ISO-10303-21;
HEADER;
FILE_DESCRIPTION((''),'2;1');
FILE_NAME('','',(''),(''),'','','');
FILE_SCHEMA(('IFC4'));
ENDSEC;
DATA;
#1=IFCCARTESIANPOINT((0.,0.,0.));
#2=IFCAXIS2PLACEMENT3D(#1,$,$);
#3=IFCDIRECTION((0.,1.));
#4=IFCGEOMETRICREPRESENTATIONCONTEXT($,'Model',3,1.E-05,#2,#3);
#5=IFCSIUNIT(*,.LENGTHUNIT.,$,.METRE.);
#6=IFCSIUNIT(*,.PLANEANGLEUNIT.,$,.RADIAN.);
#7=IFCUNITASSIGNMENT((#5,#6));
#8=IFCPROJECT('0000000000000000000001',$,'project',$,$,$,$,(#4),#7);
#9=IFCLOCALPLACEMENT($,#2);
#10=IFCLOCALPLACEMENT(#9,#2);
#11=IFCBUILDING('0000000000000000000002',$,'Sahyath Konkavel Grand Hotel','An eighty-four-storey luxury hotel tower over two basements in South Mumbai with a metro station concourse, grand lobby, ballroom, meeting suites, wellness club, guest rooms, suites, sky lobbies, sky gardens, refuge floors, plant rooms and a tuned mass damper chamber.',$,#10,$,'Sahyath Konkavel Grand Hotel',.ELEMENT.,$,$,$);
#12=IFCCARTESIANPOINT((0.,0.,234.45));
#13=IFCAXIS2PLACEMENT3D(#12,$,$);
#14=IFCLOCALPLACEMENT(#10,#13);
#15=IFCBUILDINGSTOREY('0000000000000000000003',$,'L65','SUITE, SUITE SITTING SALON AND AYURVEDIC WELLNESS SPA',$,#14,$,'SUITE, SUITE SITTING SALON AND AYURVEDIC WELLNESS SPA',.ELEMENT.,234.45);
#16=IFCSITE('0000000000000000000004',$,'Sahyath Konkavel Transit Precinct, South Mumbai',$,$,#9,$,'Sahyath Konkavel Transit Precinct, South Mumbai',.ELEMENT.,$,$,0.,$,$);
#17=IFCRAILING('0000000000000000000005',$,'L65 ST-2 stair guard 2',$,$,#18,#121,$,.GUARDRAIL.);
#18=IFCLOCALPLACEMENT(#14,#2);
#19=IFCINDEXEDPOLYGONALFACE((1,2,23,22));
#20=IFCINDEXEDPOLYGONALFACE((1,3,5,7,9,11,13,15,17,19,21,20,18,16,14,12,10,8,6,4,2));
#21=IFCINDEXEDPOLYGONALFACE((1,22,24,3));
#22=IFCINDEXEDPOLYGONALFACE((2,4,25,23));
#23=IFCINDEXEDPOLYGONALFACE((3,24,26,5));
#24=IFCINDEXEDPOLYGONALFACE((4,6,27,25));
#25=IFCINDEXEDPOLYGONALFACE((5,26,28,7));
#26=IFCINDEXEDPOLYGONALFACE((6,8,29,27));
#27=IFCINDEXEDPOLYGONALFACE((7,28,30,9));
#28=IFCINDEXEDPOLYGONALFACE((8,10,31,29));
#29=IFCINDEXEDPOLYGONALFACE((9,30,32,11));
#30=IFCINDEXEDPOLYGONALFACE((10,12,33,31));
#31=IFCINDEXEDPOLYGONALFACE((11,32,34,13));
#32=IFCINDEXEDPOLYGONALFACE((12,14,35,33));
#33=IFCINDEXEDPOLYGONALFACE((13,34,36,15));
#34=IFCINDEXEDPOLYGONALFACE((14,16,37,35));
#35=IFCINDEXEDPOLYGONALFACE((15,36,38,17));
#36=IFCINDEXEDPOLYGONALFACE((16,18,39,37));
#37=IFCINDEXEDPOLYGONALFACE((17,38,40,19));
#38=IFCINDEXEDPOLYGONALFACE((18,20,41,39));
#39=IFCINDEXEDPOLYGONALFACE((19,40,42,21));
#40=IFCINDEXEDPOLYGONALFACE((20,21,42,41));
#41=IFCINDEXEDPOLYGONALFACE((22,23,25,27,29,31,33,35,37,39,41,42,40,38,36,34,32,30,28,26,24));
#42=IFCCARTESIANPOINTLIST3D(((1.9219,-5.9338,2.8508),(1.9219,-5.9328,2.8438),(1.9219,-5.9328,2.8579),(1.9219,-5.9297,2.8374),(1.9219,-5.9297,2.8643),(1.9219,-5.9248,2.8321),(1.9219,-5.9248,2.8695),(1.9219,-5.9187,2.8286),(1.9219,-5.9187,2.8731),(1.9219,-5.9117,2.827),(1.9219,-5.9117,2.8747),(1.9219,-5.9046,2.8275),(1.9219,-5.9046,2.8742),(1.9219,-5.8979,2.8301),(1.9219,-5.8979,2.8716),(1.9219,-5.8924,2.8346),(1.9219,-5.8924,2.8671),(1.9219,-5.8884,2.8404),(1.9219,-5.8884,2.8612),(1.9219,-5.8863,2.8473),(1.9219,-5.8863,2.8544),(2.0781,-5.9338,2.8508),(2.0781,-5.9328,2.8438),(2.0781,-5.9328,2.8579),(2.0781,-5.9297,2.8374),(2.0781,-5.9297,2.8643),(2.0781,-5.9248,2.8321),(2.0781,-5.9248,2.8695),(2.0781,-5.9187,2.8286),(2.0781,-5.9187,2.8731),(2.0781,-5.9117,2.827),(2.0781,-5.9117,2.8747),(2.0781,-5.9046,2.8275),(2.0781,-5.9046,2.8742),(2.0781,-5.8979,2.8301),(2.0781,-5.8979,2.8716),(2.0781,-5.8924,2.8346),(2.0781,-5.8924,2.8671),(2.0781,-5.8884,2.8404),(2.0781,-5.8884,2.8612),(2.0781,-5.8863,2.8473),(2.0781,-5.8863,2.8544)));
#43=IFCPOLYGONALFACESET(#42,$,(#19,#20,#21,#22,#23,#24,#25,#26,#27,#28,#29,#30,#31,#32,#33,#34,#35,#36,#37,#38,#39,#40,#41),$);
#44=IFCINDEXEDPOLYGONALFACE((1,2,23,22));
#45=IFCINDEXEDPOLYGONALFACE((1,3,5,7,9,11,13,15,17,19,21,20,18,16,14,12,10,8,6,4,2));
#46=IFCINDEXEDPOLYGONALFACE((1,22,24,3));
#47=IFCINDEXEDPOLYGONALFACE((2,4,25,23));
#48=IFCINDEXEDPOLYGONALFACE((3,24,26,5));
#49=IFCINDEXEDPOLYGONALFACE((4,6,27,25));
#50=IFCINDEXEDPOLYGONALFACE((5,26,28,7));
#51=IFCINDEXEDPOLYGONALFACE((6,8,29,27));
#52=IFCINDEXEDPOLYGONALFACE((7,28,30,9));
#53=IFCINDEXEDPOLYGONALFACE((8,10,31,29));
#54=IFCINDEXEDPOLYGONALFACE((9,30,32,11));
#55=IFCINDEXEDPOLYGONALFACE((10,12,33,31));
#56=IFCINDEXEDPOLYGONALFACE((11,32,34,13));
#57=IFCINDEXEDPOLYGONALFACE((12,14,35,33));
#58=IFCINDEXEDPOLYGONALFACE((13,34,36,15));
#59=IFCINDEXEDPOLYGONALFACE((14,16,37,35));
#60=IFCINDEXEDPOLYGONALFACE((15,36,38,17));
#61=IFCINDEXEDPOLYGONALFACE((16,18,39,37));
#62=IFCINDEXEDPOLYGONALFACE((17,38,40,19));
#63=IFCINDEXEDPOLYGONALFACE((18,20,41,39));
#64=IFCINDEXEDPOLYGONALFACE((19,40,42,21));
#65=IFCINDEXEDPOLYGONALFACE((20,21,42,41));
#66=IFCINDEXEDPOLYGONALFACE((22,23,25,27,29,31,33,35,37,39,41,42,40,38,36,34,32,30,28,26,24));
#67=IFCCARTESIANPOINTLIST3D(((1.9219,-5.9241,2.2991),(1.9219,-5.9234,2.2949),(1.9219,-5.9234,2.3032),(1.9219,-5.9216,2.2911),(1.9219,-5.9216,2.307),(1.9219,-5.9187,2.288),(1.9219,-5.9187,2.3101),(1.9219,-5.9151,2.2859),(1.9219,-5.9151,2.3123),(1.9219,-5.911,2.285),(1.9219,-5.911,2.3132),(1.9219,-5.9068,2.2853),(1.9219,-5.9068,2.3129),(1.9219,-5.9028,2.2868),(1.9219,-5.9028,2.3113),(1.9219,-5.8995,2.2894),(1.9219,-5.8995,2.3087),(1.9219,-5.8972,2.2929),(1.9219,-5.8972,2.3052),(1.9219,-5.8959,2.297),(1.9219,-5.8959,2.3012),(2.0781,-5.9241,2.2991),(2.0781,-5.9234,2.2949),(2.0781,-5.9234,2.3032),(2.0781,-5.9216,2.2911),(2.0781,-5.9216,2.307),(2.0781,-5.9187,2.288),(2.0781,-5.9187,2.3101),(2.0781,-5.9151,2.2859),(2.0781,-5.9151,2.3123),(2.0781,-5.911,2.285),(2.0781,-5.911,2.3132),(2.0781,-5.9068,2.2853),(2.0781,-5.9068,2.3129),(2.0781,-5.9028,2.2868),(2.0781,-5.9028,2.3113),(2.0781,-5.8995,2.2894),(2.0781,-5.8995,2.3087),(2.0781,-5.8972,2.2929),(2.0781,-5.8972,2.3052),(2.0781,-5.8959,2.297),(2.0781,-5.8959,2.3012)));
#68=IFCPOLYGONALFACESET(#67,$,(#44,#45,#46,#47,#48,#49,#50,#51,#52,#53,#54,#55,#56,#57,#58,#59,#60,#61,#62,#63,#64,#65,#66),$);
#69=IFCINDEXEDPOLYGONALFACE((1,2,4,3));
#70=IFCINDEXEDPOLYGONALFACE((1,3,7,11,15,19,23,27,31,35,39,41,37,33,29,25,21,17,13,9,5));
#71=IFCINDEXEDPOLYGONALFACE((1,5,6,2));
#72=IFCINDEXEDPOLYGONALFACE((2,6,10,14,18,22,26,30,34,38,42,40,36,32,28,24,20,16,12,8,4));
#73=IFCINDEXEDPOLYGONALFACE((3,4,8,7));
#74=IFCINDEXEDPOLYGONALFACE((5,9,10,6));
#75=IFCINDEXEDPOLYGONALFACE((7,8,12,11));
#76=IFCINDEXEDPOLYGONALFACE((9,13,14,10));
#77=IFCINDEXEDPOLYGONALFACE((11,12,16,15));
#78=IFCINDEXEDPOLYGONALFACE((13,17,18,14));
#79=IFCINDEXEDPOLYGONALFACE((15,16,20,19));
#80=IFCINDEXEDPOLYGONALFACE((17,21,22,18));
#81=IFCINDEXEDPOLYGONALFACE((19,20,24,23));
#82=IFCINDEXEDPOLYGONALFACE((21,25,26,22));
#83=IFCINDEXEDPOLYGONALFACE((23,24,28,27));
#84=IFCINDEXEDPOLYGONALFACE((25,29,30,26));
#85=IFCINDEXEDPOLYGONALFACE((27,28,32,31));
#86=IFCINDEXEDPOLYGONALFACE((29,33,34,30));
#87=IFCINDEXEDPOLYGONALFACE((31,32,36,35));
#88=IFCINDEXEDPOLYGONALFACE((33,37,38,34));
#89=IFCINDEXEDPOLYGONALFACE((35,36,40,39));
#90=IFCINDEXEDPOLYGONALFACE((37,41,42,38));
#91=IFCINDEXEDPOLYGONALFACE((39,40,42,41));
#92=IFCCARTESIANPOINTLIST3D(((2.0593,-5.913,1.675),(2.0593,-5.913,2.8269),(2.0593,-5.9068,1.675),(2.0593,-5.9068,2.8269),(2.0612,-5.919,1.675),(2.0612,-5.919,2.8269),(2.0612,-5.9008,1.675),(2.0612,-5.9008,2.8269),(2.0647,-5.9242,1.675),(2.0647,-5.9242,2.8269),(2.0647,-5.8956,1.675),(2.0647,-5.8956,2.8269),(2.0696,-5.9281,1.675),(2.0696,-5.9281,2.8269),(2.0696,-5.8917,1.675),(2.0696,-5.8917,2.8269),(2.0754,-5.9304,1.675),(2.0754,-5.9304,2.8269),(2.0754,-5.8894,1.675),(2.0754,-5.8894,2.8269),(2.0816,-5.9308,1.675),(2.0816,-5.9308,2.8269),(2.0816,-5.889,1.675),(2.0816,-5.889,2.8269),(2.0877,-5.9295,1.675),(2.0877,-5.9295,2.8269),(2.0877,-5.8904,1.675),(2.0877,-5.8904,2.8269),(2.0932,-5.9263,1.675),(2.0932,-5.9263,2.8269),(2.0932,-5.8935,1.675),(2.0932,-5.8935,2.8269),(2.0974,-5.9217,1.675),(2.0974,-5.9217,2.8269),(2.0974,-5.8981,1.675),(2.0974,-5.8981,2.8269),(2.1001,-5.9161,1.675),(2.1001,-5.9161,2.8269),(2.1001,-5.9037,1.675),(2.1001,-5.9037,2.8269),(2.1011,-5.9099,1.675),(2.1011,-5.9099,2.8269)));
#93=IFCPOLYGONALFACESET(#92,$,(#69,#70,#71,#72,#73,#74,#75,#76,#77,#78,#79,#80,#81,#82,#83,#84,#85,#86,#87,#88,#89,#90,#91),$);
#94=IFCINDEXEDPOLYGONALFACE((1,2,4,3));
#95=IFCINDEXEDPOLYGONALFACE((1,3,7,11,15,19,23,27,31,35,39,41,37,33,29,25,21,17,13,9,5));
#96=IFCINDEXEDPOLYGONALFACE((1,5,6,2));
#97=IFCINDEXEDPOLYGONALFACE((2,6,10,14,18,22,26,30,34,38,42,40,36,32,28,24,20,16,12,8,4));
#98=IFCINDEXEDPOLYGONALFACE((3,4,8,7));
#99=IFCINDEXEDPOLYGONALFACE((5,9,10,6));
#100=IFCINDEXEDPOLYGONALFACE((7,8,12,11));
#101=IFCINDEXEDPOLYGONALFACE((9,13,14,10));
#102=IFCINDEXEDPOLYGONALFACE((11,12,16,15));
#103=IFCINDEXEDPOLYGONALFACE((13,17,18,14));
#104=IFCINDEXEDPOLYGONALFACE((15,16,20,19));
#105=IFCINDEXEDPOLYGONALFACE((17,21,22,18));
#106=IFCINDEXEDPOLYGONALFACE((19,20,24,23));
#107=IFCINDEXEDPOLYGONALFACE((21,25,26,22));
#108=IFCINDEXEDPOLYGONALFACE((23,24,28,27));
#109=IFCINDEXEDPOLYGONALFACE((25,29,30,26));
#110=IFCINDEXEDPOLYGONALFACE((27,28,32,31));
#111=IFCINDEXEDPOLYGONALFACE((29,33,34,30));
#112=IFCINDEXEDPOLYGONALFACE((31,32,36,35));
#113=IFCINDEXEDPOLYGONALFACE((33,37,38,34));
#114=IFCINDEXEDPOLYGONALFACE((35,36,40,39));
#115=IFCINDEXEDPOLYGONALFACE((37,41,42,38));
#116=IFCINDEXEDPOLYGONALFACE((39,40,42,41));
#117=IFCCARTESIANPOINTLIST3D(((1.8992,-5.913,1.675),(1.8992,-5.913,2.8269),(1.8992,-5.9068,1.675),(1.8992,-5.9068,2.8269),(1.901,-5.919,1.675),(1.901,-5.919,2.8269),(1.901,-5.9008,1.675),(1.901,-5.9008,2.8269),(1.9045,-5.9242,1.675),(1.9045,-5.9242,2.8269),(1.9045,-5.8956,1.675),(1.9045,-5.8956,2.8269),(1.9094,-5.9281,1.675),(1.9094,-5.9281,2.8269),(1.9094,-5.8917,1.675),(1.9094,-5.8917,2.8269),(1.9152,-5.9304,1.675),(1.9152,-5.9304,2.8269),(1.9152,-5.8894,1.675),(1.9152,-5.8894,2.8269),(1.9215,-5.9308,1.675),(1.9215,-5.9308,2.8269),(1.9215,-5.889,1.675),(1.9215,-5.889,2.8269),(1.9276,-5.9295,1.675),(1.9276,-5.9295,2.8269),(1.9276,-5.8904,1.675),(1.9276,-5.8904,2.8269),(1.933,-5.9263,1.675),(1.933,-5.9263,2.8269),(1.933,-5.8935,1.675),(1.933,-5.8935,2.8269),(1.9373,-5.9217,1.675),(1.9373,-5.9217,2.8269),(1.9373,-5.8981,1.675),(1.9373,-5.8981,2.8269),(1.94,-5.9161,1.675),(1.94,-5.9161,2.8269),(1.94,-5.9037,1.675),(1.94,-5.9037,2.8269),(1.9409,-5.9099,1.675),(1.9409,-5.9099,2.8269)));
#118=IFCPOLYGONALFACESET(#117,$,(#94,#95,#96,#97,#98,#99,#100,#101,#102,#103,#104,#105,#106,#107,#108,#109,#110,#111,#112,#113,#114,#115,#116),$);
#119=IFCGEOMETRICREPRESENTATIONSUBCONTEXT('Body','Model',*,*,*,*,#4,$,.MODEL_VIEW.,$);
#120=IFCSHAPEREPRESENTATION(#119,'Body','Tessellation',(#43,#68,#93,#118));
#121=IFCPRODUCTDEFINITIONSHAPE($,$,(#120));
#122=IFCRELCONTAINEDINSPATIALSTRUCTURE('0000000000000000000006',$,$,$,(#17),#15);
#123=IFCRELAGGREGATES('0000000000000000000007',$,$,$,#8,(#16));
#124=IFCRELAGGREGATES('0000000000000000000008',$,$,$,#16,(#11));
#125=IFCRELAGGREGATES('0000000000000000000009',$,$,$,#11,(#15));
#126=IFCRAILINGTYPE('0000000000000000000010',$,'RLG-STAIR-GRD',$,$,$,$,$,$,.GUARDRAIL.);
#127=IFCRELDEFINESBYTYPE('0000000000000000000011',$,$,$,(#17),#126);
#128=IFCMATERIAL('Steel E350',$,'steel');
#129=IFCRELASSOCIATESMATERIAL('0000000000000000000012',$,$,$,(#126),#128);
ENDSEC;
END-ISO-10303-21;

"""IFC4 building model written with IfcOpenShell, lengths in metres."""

from ifc_helpers import new_model, si_unit, direction, frame, origin, origin_2d, place, context, subcontext, project, spatial, circle, extrude, material, type_object, element, save


model = new_model("IFC4")

# Units and contexts
model_context = context("Model", 3, precision=1e-05, world=origin(), true_north=direction((0.0, 1.0)))
body_context = subcontext(model_context, "Body", "Model", "MODEL_VIEW")
ifc_project = project(units=[si_unit("LENGTHUNIT", "METRE"), si_unit("PLANEANGLEUNIT", "RADIAN")], contexts=[model_context])

# Site, building, storey
site_placement = place(None, origin())
site = spatial("IfcSite", under=ifc_project, at=site_placement, Name="Sahyath Konkavel Transit Precinct, South Mumbai", LongName="Sahyath Konkavel Transit Precinct, South Mumbai", CompositionType="ELEMENT", RefElevation=0.0)
building_placement = place(site_placement, origin())
building = spatial("IfcBuilding", under=site, at=building_placement, Name="Sahyath Konkavel Grand Hotel", Description="An eighty-four-storey luxury hotel tower over two basements in South Mumbai with a metro station concourse, grand lobby, ballroom, meeting suites, wellness club, guest rooms, suites, sky lobbies, sky gardens, refuge floors, plant rooms and a tuned mass damper chamber.", LongName="Sahyath Konkavel Grand Hotel", CompositionType="ELEMENT")
storey_placement = place(building_placement, frame((0.0, 0.0, 234.45)))
storey = spatial("IfcBuildingStorey", under=building, at=storey_placement, Name="L65", Description="SUITE, SUITE SITTING SALON AND AYURVEDIC WELLNESS SPA", LongName="SUITE, SUITE SITTING SALON AND AYURVEDIC WELLNESS SPA", CompositionType="ELEMENT", Elevation=234.45)

# Shared definitions
ifc_material_1 = material(Name="Steel E350", Category="steel")

# Railing
railing_type_1 = type_object("IfcRailingType", Name="RLG-STAIR-GRD", PredefinedType="GUARDRAIL", material=ifc_material_1)
railing_1_placement = place(storey_placement, frame((2.0801, -5.9099, 1.675)))
element("IfcRailing", 1, at=railing_1_placement, inside=storey, type_object=railing_type_1, Name="L65 ST-2 stair guard 2", PredefinedType="GUARDRAIL", context=body_context, shape_type="SweptSolid", body=[
    extrude(circle(Radius=0.0239, at=origin_2d()), frame((-0.002, 0.0, 1.1758), z_axis=(-1.0, 0.0, 0.0), x_axis=(0.0, -1.0, 0.0)), (0.0, 0.0, 1.0), 0.1562),
    extrude(circle(Radius=0.0142, at=origin_2d()), frame((-0.002, 0.0, 0.624), z_axis=(-1.0, 0.0, 0.0), x_axis=(0.0, -1.0, 0.0)), (0.0, 0.0, 1.0), 0.1562),
    extrude(circle(Radius=0.021, at=origin_2d()), origin(), (0.0, 0.0, 1.0), 1.1519),
    extrude(circle(Radius=0.021, at=origin_2d()), frame((-0.1602, 0.0, 0.0)), (0.0, 0.0, 1.0), 1.1519),
])

save(model, "model.ifc")
